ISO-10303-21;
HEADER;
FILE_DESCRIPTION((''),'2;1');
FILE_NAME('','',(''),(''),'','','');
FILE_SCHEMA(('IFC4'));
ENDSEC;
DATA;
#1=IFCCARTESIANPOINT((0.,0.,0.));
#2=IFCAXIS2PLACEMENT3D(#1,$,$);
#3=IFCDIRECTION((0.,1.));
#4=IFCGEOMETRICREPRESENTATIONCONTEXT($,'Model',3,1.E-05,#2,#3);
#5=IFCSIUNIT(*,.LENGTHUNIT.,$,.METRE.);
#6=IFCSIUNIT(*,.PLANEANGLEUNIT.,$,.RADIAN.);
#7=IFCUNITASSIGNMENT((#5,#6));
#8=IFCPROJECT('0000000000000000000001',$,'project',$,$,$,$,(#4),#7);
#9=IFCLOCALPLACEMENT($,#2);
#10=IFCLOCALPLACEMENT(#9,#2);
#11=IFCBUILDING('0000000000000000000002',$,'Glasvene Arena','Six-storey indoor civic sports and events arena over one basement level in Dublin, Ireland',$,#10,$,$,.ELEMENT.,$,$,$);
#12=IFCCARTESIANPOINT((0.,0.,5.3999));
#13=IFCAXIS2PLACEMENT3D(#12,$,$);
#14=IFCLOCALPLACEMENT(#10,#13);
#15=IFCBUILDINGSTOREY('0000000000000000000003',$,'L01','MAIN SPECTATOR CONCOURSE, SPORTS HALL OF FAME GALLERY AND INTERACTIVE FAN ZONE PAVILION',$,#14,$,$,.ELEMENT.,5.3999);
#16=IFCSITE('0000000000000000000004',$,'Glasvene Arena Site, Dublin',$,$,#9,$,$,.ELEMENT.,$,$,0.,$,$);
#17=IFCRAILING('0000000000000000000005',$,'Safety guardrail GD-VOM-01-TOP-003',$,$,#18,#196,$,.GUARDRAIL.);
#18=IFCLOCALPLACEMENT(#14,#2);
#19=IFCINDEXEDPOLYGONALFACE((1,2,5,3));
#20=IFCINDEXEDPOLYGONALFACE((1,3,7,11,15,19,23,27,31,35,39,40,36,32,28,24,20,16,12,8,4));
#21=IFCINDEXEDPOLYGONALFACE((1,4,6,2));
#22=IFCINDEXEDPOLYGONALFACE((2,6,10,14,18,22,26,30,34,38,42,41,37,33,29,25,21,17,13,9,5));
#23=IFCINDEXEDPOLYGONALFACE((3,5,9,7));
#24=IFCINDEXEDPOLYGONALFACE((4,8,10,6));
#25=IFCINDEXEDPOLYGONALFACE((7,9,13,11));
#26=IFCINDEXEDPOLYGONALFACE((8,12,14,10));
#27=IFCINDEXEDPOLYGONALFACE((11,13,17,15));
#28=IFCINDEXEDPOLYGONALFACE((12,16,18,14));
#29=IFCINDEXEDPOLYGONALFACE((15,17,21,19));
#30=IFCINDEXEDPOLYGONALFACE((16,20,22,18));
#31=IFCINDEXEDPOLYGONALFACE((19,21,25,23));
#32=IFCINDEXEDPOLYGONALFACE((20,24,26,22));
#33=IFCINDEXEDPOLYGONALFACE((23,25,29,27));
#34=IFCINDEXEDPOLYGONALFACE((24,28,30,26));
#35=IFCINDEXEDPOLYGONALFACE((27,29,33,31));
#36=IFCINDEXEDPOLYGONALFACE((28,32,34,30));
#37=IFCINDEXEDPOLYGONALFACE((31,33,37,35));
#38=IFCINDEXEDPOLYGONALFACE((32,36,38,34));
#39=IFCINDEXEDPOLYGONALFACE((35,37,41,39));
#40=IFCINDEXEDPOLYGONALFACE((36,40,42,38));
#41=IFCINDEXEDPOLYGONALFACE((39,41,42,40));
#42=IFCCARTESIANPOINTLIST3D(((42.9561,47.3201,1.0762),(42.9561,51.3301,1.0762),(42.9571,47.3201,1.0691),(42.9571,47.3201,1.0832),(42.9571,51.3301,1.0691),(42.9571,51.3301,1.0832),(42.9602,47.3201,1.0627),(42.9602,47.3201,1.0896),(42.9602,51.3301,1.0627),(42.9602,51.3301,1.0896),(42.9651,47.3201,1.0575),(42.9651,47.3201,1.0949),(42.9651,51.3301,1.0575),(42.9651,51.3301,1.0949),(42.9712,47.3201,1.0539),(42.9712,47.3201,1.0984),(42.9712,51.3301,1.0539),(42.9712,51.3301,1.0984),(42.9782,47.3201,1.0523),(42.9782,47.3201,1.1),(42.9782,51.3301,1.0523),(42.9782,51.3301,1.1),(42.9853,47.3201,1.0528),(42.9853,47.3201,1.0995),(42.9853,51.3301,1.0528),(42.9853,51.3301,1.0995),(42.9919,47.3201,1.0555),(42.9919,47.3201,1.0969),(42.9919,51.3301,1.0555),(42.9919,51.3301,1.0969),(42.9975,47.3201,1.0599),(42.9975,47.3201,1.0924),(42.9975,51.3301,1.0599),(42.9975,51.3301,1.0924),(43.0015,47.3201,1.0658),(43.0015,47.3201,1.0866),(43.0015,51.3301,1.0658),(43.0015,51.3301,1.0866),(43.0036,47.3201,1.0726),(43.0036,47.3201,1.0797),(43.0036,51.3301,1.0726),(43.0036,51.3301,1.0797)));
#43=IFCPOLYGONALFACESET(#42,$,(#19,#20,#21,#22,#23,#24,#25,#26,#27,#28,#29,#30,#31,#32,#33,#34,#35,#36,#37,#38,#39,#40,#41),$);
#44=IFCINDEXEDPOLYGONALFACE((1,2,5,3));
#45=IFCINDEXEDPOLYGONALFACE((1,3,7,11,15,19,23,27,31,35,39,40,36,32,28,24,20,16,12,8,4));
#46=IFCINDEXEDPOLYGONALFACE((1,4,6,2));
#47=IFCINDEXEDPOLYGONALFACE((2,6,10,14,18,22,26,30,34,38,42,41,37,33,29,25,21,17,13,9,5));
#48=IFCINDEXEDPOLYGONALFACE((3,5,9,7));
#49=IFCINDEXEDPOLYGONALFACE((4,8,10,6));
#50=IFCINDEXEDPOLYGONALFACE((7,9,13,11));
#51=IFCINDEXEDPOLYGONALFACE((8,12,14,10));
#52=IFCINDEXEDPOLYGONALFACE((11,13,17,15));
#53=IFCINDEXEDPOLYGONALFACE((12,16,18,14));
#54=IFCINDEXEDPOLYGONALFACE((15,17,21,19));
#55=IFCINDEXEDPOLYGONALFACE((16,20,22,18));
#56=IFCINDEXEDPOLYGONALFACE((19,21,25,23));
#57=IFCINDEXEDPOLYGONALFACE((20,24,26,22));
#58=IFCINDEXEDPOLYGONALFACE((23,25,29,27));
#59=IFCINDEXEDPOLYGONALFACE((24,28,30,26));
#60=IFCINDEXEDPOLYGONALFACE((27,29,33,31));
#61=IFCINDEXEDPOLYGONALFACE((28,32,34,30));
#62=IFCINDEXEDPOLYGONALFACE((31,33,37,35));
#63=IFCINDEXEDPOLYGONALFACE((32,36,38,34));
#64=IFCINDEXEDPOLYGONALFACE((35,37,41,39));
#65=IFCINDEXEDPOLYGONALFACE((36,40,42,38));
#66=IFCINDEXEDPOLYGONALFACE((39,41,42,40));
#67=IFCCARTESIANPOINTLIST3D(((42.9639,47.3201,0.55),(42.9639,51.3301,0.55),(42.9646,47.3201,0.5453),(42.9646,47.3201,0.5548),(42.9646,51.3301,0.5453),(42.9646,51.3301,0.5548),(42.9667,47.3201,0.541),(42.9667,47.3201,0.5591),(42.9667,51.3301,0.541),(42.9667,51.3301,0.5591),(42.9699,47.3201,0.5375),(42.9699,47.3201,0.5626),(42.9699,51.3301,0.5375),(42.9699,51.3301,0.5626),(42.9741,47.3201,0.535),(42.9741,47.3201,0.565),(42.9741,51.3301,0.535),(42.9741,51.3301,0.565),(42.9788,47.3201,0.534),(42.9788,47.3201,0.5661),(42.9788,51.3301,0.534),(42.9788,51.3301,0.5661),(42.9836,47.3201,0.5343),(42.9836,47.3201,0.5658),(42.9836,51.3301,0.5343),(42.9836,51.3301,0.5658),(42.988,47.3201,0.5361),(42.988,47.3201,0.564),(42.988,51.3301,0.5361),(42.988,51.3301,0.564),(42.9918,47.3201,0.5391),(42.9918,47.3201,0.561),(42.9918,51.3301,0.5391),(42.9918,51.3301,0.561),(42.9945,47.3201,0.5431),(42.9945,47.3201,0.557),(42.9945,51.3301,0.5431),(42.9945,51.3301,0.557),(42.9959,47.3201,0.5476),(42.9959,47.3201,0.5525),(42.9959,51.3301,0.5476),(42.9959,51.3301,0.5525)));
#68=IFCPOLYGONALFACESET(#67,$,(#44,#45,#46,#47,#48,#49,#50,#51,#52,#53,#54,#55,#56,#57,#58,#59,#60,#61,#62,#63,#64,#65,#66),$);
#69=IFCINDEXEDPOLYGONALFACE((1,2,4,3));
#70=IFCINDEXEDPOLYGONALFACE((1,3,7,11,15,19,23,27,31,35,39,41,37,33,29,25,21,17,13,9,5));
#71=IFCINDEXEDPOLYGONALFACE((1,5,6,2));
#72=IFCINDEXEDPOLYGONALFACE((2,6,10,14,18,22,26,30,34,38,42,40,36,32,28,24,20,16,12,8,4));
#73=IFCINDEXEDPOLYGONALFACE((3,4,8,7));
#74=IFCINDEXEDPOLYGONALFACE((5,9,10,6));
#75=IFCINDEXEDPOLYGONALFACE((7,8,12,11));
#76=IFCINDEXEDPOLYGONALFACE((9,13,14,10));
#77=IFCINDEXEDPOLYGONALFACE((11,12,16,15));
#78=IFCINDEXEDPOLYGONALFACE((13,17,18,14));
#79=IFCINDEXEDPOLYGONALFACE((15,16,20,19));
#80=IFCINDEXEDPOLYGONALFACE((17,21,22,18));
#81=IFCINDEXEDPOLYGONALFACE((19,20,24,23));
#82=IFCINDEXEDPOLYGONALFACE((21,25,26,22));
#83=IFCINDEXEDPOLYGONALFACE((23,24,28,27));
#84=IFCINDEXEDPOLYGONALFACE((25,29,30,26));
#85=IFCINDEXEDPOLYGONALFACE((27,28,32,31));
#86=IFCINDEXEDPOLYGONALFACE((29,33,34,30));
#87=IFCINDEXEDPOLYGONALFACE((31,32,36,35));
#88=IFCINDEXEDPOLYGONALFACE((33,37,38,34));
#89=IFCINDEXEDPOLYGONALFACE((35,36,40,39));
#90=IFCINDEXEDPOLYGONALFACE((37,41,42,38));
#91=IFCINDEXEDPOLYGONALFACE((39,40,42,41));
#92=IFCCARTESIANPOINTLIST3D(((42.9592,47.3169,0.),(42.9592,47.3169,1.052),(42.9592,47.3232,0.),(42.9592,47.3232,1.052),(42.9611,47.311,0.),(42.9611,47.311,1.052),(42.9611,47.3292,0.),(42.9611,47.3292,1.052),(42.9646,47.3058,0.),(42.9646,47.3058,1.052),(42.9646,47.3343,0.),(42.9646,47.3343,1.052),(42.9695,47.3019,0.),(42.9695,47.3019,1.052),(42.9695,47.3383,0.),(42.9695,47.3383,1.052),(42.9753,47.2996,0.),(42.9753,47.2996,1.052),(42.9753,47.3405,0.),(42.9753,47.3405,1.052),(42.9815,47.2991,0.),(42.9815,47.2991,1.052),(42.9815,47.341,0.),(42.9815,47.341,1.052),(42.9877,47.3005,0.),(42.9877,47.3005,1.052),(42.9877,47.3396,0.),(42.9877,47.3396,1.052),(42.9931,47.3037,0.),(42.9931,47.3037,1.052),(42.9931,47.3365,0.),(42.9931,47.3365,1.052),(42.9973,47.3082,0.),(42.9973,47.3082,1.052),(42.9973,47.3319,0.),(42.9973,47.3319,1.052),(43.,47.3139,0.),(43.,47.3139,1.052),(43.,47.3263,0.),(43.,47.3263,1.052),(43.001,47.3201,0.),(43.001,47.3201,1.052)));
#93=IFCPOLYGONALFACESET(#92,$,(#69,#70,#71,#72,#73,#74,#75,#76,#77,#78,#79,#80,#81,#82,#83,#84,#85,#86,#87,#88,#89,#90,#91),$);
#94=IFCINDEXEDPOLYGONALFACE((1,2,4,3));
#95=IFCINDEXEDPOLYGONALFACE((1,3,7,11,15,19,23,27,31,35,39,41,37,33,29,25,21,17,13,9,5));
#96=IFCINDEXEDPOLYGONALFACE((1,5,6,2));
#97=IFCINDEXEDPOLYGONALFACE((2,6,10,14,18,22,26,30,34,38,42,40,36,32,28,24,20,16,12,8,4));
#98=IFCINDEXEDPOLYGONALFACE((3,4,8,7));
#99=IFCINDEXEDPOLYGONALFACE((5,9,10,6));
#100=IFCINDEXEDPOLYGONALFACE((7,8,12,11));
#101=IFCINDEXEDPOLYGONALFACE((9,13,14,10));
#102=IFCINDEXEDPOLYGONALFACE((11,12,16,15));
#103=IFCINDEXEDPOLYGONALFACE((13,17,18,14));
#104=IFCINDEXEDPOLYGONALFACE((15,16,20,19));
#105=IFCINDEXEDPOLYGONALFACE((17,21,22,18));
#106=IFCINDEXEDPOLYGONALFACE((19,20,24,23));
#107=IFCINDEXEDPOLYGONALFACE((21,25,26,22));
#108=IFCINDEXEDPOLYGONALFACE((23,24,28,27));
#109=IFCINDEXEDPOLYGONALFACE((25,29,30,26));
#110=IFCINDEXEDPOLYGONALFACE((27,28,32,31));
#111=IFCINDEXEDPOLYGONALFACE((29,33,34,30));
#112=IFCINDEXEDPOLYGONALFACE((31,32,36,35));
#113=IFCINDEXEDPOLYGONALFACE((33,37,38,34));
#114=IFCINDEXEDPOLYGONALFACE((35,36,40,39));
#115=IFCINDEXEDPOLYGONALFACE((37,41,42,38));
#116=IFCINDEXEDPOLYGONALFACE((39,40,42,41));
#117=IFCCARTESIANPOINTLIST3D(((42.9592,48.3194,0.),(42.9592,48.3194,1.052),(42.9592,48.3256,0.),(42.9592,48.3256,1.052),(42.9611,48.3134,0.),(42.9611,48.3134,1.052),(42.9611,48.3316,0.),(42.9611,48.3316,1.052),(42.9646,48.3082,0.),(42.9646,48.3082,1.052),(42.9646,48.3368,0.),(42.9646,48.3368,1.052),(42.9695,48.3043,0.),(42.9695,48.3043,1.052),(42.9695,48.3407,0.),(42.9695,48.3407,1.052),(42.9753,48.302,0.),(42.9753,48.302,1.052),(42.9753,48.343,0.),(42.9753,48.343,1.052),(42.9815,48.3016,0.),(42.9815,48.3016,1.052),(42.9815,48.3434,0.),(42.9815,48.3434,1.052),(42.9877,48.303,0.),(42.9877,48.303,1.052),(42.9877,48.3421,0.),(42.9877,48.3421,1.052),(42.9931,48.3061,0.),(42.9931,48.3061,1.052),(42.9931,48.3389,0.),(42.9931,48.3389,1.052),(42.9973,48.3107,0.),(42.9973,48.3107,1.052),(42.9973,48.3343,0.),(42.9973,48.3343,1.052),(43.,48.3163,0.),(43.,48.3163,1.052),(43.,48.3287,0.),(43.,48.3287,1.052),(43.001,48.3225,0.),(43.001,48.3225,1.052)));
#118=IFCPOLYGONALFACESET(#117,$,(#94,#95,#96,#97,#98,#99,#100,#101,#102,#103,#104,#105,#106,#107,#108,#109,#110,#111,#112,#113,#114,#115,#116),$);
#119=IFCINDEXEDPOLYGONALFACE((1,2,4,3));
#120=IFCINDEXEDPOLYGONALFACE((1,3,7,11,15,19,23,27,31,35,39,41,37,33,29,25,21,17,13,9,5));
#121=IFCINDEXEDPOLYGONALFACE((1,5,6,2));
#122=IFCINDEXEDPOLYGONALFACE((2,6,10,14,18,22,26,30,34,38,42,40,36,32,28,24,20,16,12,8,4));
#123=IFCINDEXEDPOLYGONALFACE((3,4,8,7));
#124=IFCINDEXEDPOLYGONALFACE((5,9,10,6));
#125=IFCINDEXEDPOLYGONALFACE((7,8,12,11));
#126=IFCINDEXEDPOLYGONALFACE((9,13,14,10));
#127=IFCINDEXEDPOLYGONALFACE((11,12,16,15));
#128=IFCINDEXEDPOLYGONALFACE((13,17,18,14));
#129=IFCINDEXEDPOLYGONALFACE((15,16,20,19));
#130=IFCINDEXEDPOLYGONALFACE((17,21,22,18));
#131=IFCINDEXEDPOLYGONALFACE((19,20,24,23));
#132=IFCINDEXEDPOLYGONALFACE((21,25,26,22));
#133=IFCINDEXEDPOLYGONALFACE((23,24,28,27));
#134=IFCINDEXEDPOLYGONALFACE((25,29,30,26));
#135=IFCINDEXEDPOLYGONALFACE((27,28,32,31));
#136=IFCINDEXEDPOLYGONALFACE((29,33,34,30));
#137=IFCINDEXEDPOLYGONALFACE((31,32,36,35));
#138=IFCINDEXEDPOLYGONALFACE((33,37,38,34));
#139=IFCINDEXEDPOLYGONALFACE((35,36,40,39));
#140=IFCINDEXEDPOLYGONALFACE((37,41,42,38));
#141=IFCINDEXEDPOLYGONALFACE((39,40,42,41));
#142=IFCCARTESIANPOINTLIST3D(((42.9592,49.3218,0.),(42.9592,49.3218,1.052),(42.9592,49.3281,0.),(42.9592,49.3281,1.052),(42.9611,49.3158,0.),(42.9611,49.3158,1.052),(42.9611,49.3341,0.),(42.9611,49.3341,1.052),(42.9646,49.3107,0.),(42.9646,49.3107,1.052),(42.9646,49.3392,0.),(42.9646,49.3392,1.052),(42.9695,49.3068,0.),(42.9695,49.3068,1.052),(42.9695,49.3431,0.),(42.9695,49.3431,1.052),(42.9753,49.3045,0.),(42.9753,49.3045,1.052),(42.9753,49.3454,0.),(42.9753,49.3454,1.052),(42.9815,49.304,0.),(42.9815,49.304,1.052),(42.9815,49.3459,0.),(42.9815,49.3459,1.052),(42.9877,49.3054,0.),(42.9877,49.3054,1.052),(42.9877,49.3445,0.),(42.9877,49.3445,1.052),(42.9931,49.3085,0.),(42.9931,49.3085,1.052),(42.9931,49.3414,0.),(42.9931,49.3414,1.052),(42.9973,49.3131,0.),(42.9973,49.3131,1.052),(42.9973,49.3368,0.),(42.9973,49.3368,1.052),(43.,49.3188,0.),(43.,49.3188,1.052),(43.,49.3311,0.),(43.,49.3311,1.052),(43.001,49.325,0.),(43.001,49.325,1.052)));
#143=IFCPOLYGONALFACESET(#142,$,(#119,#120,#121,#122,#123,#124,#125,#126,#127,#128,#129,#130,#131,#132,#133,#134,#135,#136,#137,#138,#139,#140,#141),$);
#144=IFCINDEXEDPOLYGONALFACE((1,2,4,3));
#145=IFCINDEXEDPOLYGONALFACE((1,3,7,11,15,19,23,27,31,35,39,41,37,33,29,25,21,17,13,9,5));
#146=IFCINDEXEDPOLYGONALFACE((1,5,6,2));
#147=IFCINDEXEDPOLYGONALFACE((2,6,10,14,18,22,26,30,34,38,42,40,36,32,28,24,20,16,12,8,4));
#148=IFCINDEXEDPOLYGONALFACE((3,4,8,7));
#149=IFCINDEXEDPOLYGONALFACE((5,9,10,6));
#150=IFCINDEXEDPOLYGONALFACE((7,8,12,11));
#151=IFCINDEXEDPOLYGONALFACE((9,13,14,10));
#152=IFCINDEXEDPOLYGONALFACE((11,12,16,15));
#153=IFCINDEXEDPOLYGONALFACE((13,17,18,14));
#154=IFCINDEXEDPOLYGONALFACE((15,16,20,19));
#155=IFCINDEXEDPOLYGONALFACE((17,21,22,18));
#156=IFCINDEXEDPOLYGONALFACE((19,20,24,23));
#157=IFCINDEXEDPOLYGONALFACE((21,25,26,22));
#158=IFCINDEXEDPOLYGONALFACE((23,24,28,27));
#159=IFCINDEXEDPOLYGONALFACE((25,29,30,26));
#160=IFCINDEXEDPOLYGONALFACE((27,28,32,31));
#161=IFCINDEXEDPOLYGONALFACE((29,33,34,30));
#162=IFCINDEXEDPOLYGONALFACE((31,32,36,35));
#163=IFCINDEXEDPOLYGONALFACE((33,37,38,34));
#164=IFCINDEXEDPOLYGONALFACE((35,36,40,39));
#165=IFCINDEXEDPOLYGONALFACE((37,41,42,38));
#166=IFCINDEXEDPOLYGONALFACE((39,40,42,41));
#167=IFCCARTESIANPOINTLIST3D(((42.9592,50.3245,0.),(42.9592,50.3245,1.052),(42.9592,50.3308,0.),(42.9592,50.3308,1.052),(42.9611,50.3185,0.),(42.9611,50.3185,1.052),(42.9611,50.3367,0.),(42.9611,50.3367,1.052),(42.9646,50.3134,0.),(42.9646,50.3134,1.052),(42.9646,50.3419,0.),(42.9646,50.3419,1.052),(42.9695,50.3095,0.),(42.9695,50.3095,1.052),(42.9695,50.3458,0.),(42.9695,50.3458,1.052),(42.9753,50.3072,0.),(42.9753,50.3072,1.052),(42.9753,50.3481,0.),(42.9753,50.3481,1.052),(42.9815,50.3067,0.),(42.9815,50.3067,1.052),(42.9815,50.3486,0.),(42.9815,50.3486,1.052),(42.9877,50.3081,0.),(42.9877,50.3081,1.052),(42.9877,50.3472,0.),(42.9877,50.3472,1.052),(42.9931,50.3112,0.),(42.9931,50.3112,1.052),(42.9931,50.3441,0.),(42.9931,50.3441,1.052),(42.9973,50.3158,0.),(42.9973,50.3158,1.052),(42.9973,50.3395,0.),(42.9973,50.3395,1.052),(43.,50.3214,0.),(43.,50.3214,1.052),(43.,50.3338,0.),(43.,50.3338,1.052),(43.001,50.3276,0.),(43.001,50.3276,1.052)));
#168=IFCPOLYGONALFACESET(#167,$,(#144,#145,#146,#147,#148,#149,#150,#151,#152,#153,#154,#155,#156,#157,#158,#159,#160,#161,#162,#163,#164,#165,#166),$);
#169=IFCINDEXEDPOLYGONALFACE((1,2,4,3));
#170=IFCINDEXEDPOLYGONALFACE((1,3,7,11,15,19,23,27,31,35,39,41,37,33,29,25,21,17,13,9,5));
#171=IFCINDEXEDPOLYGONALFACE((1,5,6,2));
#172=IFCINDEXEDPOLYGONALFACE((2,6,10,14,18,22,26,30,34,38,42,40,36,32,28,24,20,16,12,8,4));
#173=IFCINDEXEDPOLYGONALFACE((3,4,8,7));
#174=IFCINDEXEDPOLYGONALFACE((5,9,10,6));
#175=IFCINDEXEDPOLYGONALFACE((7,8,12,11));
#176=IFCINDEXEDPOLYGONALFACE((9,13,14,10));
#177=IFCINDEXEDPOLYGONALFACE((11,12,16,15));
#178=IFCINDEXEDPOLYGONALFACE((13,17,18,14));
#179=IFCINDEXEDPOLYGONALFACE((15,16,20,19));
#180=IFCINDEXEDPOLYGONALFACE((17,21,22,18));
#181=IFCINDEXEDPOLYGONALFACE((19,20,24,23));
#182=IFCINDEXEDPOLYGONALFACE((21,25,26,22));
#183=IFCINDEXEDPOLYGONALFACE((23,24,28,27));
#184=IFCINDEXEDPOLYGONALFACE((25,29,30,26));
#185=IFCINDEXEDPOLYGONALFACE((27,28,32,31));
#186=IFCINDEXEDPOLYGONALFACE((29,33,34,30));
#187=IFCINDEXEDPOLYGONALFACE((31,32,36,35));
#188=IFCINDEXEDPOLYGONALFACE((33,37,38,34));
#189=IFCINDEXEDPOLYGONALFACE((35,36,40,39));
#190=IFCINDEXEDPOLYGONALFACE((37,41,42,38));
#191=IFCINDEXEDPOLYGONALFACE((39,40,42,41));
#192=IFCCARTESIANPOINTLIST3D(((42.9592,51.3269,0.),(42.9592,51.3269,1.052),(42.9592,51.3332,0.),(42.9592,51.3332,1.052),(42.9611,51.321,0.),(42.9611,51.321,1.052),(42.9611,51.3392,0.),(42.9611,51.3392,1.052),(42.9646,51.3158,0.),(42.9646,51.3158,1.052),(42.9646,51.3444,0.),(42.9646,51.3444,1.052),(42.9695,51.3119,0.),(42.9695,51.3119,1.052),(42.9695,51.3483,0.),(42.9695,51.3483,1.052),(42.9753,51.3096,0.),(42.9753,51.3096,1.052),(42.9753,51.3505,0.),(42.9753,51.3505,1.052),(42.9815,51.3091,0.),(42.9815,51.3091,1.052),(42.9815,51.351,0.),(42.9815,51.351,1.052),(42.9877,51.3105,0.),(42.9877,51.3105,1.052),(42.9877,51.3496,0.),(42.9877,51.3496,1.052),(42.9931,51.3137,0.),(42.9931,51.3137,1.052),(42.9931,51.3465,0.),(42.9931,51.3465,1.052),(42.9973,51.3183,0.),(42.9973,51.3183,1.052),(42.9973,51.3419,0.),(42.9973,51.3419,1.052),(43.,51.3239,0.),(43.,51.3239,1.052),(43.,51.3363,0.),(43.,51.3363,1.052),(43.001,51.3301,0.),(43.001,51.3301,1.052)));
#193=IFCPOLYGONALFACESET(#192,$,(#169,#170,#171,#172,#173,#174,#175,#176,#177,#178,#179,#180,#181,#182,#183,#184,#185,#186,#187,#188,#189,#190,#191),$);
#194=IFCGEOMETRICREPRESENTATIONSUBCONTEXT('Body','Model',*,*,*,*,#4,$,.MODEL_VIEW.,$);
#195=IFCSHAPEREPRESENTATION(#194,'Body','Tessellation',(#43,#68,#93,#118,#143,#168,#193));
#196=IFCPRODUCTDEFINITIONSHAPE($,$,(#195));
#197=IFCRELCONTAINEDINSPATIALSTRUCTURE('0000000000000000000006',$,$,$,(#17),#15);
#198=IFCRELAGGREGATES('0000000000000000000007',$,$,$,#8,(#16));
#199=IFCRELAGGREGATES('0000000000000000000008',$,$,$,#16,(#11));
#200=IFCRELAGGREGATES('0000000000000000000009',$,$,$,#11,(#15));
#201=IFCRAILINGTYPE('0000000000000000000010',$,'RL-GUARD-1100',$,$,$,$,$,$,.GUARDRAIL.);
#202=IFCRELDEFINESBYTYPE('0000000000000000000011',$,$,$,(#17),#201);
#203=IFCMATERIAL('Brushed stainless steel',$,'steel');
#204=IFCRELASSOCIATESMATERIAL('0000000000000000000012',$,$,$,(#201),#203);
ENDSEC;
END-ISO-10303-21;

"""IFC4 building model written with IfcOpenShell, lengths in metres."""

from ifc_helpers import new_model, si_unit, direction, frame, origin, origin_2d, place, context, subcontext, project, spatial, circle, extrude, material, type_object, element, save


model = new_model("IFC4")

# Units and contexts
model_context = context("Model", 3, precision=1e-05, world=origin(), true_north=direction((0.0, 1.0)))
body_context = subcontext(model_context, "Body", "Model", "MODEL_VIEW")
ifc_project = project(units=[si_unit("LENGTHUNIT", "METRE"), si_unit("PLANEANGLEUNIT", "RADIAN")], contexts=[model_context])

# Site, building, storey
site_placement = place(None, origin())
site = spatial("IfcSite", under=ifc_project, at=site_placement, Name="Glasvene Arena Site, Dublin", CompositionType="ELEMENT", RefElevation=0.0)
building_placement = place(site_placement, origin())
building = spatial("IfcBuilding", under=site, at=building_placement, Name="Glasvene Arena", Description="Six-storey indoor civic sports and events arena over one basement level in Dublin, Ireland", CompositionType="ELEMENT")
storey_placement = place(building_placement, frame((0.0, 0.0, 5.3999)))
storey = spatial("IfcBuildingStorey", under=building, at=storey_placement, Name="L01", Description="MAIN SPECTATOR CONCOURSE, SPORTS HALL OF FAME GALLERY AND INTERACTIVE FAN ZONE PAVILION", CompositionType="ELEMENT", Elevation=5.3999)

# Shared definitions
ifc_material_1 = material(Name="Brushed stainless steel", Category="steel")

# Railing
railing_type_1 = type_object("IfcRailingType", Name="RL-GUARD-1100", PredefinedType="GUARDRAIL", material=ifc_material_1)
railing_1_placement = place(storey_placement, frame((42.98, 47.3201, 0.0)))
element("IfcRailing", 1, at=railing_1_placement, inside=storey, type_object=railing_type_1, Name="Safety guardrail GD-VOM-01-TOP-003", PredefinedType="GUARDRAIL", context=body_context, shape_type="SweptSolid", body=[
    extrude(circle(Radius=0.0239, at=origin_2d()), frame((0.0, 0.0, 1.0762), z_axis=(0.0, 1.0, 0.0), x_axis=(-1.0, 0.0, 0.0)), (0.0, 0.0, 1.0), 4.01),
    extrude(circle(Radius=0.0161, at=origin_2d()), frame((0.0, 0.0, 0.55), z_axis=(0.0, 1.0, 0.0), x_axis=(-1.0, 0.0, 0.0)), (0.0, 0.0, 1.0), 4.01),
    extrude(circle(Radius=0.021, at=origin_2d()), origin(), (0.0, 0.0, 1.0), 1.052),
    extrude(circle(Radius=0.021, at=origin_2d()), frame((0.0, 1.0024, 0.0)), (0.0, 0.0, 1.0), 1.052),
    extrude(circle(Radius=0.021, at=origin_2d()), frame((0.0, 2.0049, 0.0)), (0.0, 0.0, 1.0), 1.052),
    extrude(circle(Radius=0.021, at=origin_2d()), frame((0.0, 3.0076, 0.0)), (0.0, 0.0, 1.0), 1.052),
    extrude(circle(Radius=0.021, at=origin_2d()), frame((0.0, 4.01, 0.0)), (0.0, 0.0, 1.0), 1.052),
])

save(model, "model.ifc")
